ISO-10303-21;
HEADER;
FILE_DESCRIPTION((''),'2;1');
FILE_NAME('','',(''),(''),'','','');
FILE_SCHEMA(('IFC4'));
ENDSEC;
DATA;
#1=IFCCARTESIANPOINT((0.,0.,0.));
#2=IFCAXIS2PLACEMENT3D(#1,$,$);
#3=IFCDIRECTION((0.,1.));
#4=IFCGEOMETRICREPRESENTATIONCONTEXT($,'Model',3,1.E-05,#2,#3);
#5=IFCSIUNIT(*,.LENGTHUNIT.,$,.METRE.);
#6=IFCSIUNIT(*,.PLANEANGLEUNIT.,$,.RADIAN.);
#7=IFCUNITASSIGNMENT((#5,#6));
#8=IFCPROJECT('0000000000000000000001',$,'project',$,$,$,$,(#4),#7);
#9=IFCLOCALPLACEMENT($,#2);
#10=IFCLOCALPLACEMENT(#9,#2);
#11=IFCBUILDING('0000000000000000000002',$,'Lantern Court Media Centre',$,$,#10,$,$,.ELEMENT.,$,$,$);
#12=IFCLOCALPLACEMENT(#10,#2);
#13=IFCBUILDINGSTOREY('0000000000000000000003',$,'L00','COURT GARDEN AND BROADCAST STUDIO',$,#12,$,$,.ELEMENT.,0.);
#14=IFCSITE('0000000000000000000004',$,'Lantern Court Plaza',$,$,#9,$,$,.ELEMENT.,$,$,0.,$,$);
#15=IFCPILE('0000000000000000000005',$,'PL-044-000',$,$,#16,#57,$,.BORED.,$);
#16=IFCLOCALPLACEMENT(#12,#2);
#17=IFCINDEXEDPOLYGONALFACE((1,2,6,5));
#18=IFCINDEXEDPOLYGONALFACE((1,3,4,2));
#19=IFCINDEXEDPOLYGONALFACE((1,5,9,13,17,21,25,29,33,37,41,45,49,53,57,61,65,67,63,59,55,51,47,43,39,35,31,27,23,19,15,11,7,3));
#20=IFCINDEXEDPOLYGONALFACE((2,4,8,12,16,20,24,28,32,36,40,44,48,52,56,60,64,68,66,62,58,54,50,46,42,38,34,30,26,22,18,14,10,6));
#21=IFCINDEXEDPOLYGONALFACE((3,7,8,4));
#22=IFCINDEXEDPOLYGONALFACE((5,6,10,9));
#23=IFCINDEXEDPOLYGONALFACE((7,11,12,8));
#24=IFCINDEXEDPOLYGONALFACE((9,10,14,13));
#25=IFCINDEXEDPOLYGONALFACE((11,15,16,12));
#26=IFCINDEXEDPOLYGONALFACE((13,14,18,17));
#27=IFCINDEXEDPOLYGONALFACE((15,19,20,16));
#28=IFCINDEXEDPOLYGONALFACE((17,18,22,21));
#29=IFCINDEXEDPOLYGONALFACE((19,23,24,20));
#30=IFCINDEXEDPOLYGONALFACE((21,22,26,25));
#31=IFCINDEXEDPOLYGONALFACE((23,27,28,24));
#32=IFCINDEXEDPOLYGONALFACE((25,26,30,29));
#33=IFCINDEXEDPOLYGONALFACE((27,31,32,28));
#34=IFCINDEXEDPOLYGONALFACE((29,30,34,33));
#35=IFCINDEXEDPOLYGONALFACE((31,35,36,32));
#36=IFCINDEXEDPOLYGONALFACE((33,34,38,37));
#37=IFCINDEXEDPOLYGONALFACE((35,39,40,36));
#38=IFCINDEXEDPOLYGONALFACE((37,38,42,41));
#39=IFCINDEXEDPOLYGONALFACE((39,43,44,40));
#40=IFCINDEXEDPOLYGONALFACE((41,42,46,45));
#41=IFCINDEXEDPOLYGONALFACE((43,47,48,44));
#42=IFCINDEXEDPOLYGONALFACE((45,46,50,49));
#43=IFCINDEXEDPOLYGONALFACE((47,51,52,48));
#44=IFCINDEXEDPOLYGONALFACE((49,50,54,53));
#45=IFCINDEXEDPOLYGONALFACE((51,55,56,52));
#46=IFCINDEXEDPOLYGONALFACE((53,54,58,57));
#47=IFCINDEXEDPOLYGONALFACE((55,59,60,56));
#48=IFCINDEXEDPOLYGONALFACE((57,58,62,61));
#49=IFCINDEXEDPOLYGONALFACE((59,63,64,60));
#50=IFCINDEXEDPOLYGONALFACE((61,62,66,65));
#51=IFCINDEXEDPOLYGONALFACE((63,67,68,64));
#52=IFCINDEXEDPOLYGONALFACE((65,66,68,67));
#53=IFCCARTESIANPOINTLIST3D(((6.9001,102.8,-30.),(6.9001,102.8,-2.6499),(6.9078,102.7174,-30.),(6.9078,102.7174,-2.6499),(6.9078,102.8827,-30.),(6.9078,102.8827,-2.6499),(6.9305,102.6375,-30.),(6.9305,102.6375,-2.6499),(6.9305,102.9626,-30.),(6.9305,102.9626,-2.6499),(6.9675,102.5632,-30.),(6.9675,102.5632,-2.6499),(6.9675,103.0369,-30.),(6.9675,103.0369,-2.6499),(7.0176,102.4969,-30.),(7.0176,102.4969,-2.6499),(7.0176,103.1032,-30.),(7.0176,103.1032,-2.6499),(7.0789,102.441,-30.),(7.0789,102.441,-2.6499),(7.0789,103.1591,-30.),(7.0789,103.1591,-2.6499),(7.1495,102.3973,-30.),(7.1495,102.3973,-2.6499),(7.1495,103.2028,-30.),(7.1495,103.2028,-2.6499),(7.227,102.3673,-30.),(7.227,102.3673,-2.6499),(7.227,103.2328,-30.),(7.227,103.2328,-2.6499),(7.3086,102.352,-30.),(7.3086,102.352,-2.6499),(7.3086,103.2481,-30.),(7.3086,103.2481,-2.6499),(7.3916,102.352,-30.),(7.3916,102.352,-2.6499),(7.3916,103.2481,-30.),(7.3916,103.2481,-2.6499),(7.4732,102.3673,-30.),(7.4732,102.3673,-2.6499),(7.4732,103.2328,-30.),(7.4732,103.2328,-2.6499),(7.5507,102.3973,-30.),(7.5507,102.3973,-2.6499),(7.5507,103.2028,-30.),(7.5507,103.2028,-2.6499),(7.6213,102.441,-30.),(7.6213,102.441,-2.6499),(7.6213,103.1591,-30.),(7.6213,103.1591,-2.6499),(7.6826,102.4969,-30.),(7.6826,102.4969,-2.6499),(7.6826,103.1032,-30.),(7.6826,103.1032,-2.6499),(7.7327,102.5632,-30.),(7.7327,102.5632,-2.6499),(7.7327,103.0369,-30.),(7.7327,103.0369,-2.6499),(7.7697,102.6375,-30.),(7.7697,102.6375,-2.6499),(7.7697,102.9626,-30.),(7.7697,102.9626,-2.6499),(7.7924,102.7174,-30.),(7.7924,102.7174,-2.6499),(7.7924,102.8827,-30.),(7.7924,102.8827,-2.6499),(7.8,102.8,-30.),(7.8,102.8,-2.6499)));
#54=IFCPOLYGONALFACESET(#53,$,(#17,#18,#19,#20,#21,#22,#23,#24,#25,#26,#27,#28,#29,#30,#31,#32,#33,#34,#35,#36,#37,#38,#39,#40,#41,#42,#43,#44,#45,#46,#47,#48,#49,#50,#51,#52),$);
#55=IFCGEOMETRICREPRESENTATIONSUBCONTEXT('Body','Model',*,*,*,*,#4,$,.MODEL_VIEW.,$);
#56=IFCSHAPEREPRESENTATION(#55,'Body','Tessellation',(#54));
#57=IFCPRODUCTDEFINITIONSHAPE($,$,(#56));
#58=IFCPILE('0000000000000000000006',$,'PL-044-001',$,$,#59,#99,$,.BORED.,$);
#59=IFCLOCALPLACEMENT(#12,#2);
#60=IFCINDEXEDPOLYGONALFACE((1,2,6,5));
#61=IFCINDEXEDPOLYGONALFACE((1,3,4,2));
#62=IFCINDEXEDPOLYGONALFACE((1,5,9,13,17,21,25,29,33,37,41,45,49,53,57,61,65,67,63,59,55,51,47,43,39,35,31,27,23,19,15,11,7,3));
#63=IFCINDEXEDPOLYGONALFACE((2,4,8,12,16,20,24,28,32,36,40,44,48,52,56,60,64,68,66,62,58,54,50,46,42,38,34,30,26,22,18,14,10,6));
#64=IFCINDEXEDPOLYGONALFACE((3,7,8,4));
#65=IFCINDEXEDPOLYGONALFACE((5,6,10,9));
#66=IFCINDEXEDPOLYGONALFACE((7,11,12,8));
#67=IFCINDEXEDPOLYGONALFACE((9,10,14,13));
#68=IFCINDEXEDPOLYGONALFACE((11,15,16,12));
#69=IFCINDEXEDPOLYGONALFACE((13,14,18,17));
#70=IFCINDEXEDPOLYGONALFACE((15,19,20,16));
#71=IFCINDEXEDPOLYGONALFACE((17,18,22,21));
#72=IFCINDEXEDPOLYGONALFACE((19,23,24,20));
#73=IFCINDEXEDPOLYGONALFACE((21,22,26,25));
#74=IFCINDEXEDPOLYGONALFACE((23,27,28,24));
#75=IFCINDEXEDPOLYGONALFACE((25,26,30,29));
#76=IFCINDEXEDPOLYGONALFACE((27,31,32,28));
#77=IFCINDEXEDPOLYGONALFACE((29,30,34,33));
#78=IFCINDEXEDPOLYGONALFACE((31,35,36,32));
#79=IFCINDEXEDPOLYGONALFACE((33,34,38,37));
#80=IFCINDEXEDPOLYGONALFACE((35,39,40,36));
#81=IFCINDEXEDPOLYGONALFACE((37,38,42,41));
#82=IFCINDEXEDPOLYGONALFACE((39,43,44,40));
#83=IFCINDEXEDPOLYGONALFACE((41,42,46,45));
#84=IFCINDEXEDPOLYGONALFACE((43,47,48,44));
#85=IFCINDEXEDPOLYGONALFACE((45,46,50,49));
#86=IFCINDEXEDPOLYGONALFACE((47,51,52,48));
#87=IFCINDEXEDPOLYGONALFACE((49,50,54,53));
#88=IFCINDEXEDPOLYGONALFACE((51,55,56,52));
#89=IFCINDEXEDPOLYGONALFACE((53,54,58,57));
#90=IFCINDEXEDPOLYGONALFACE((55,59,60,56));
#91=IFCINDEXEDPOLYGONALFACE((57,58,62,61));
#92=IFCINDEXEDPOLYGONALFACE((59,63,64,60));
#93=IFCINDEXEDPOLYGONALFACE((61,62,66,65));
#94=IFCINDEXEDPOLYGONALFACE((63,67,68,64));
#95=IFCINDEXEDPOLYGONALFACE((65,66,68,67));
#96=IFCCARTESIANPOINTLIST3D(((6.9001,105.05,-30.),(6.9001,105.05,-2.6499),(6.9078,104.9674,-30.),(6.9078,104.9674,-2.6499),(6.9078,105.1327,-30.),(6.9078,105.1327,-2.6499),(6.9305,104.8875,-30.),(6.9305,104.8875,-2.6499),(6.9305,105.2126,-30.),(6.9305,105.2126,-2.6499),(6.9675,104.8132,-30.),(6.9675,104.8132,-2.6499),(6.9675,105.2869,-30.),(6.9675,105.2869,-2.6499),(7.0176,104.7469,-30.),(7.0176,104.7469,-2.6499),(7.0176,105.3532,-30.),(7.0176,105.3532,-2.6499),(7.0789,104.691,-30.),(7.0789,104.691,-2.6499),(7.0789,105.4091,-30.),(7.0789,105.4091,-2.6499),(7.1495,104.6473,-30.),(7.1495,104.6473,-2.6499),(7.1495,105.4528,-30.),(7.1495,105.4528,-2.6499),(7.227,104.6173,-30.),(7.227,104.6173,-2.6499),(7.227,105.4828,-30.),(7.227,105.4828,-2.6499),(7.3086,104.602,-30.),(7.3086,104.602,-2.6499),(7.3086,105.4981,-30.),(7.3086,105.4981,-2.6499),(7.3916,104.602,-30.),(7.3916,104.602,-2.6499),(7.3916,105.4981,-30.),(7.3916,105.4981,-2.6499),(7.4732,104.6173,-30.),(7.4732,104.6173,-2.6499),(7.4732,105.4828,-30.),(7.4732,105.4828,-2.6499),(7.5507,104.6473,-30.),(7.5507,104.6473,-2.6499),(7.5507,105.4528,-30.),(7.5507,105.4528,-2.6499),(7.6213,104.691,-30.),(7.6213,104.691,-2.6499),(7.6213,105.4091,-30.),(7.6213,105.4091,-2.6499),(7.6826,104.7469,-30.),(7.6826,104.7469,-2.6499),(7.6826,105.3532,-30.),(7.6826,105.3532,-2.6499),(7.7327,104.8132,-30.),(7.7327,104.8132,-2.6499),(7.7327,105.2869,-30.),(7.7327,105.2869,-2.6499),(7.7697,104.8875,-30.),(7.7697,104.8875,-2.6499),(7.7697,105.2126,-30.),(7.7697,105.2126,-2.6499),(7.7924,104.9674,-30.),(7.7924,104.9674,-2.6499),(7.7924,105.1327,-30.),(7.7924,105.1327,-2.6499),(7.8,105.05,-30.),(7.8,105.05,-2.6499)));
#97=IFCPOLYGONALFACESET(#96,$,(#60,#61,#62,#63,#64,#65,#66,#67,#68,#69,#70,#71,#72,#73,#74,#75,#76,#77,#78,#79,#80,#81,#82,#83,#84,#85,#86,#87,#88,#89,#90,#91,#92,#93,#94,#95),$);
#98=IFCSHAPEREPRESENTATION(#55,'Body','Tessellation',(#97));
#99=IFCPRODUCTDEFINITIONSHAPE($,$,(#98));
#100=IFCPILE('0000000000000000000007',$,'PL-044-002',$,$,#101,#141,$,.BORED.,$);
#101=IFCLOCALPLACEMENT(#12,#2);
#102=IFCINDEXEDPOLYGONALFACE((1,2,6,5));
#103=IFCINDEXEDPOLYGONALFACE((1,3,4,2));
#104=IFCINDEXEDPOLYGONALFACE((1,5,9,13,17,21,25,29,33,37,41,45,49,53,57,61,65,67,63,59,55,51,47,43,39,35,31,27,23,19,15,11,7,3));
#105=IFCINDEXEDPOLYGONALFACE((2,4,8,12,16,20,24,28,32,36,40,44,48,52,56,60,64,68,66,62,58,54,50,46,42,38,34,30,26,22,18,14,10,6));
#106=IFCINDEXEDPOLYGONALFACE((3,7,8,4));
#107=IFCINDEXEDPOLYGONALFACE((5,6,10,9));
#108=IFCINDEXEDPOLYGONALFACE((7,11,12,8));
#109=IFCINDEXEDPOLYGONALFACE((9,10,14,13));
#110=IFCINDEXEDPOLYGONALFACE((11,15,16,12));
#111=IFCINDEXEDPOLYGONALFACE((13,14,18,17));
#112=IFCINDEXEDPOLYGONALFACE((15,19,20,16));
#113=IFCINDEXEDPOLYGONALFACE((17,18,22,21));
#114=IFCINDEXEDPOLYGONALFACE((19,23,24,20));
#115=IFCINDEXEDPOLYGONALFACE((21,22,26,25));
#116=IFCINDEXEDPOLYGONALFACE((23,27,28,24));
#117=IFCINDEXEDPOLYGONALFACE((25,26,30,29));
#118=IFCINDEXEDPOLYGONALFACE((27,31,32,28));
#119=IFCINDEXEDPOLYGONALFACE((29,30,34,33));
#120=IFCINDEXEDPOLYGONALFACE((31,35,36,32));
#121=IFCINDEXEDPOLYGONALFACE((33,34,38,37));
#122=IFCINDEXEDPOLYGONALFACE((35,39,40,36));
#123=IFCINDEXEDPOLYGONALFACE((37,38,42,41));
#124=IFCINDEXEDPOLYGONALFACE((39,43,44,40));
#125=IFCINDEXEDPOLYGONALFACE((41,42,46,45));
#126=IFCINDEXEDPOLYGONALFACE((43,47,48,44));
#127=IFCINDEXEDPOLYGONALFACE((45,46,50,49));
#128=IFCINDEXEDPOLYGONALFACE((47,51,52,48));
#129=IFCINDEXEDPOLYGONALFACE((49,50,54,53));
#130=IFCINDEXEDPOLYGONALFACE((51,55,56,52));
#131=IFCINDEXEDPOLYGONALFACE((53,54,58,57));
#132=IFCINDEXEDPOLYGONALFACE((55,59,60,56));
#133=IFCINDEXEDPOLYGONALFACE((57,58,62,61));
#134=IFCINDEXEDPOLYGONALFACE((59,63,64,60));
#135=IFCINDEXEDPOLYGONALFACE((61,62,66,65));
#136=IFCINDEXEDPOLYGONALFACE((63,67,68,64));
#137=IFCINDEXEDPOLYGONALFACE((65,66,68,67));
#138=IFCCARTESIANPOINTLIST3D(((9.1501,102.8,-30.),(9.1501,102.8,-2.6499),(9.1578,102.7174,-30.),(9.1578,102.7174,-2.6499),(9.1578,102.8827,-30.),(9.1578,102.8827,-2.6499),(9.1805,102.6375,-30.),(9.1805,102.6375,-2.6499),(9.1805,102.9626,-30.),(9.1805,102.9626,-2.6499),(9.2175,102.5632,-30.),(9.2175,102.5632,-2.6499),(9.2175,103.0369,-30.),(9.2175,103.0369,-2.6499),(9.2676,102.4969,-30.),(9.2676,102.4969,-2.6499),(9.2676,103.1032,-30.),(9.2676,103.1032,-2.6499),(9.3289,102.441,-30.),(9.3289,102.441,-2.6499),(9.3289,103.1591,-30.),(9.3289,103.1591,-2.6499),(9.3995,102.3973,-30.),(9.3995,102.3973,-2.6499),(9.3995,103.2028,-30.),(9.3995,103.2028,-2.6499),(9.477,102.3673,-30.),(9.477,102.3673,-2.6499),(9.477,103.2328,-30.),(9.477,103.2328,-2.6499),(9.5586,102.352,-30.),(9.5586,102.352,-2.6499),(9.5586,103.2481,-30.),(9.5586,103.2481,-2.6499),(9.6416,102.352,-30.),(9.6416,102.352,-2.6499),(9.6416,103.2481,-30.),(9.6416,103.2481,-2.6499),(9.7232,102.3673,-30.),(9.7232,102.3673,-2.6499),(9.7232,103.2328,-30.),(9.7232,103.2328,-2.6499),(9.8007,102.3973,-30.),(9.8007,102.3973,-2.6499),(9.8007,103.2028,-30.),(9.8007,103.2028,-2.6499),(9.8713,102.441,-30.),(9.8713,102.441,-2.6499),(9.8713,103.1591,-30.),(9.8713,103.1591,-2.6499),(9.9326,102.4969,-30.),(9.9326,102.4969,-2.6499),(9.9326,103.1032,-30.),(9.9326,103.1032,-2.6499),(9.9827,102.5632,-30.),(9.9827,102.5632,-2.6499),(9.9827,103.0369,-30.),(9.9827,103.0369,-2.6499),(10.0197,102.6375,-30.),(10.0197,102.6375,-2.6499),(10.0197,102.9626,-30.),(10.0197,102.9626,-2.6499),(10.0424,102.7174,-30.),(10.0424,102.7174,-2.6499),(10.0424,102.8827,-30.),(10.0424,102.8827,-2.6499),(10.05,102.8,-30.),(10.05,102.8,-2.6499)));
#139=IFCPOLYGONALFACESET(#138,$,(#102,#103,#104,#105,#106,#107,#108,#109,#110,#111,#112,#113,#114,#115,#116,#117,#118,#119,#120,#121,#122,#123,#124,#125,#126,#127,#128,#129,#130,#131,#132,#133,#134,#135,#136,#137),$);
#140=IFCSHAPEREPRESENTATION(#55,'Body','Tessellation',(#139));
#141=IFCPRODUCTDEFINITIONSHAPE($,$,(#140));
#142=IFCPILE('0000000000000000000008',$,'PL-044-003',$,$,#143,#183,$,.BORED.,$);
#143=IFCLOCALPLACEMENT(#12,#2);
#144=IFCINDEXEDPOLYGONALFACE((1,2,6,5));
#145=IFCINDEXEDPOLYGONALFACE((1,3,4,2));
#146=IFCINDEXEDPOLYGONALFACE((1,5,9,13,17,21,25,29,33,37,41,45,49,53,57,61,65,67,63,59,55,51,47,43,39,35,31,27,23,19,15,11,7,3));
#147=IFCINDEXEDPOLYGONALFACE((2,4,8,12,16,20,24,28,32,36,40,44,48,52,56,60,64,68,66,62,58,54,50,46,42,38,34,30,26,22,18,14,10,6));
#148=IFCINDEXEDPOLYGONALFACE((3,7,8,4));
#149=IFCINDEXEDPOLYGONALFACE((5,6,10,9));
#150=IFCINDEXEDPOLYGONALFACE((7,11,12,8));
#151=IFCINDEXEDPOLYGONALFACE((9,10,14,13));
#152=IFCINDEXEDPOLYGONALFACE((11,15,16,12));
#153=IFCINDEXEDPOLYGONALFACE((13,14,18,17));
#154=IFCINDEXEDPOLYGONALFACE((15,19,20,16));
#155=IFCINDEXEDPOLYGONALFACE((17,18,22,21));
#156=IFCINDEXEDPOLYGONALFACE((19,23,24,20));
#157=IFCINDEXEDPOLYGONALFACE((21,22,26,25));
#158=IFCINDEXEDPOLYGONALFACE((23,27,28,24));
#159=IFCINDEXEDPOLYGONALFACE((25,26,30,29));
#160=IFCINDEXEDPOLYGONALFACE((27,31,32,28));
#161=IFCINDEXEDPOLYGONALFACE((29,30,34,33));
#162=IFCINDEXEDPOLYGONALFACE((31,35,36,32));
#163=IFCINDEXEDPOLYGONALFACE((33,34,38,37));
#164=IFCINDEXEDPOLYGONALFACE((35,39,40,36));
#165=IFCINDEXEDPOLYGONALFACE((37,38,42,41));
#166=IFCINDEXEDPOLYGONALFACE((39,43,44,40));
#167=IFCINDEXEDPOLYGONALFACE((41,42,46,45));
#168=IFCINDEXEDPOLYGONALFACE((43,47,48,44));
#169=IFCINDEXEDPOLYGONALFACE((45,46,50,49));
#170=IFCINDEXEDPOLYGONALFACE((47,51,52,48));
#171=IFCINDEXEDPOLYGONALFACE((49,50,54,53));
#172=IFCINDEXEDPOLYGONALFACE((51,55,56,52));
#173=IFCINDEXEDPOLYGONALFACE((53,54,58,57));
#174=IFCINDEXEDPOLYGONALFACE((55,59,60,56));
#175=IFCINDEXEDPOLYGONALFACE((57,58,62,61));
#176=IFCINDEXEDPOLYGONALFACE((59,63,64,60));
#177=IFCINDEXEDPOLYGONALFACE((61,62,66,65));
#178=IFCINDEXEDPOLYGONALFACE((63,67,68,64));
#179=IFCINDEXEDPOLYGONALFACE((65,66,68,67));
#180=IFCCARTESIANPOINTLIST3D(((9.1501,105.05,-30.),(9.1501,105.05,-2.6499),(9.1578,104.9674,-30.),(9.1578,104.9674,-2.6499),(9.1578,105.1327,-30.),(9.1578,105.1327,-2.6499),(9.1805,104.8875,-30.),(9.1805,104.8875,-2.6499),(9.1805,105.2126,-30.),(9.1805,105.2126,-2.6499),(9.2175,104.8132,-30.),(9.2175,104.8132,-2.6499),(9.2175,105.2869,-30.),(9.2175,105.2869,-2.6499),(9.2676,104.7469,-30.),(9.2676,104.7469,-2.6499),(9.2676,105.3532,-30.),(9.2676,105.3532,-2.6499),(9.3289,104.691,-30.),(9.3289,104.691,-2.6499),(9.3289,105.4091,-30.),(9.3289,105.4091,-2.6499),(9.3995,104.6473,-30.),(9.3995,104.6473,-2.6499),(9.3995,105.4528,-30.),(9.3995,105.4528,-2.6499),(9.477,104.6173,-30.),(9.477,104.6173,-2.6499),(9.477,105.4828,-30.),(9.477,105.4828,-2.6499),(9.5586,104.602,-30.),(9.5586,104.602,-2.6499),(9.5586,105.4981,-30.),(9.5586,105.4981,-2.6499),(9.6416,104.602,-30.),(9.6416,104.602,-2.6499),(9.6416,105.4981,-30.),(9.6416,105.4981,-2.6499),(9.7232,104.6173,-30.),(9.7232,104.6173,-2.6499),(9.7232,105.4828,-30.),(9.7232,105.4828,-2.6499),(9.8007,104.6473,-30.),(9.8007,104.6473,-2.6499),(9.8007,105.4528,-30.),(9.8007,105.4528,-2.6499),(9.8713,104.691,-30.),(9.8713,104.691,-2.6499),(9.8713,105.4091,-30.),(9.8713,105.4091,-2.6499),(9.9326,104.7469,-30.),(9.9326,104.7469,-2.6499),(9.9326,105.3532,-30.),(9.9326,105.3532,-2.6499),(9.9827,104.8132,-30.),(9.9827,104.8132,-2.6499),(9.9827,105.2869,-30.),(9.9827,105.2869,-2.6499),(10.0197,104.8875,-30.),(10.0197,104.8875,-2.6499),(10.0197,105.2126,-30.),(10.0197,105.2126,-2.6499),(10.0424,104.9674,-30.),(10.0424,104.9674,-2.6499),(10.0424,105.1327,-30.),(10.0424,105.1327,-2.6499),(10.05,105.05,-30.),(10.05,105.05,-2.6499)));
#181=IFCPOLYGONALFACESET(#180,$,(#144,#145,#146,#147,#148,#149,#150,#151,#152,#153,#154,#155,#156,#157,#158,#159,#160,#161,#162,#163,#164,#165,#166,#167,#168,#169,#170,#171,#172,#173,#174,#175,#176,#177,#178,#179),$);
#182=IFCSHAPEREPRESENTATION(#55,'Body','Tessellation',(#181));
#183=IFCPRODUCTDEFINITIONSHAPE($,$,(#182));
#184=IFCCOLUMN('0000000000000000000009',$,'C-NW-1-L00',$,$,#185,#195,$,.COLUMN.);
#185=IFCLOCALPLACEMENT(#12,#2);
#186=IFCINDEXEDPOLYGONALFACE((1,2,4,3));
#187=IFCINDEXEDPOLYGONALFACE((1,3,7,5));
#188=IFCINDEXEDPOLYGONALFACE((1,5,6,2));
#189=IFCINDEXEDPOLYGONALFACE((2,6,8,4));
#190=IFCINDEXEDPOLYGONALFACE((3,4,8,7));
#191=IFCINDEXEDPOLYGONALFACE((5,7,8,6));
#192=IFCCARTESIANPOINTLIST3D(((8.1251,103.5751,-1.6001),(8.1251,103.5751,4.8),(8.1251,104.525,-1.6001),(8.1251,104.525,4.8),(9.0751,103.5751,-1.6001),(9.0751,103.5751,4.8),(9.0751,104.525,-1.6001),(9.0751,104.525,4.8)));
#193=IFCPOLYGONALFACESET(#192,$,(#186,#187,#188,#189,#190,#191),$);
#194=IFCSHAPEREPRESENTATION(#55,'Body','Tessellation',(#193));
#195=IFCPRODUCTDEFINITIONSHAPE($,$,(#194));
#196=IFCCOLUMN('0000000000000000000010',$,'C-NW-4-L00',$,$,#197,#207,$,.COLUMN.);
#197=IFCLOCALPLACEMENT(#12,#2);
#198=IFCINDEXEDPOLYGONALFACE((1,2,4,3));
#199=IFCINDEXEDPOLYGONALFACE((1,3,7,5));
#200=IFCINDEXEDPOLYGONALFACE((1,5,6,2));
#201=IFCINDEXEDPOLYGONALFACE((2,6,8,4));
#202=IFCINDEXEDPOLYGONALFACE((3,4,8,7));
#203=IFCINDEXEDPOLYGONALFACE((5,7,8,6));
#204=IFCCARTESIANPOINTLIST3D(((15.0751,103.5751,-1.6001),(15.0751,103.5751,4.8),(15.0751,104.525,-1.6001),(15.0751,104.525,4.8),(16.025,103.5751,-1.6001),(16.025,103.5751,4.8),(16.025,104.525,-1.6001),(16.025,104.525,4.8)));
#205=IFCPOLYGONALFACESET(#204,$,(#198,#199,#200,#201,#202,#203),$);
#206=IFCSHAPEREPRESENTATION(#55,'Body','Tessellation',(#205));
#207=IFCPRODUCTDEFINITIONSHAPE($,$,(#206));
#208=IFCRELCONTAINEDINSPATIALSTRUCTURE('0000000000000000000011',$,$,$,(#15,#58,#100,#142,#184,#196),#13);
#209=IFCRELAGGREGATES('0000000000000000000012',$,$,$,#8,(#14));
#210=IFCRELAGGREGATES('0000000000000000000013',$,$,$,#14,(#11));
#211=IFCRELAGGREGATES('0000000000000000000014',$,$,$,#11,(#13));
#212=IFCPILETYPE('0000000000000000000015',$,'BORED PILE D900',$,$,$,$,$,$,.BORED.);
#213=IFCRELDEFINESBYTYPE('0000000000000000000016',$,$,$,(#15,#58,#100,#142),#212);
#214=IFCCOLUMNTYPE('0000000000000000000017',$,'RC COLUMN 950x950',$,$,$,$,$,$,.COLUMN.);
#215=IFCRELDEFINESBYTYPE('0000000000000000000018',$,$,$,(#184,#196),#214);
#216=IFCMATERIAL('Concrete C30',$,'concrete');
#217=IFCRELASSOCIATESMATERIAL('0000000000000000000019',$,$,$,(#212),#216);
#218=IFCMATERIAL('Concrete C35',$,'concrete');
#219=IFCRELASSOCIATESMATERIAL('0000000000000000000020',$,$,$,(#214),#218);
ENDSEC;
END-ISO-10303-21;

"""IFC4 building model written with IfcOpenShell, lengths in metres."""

from ifc_helpers import new_model, si_unit, direction, frame, origin, origin_2d, place, context, subcontext, project, spatial, rectangle, circle, extrude, material, material_profile, profile_set, type_object, element, save


model = new_model("IFC4")

# Units and contexts
model_context = context("Model", 3, precision=1e-05, world=origin(), true_north=direction((0.0, 1.0)))
body_context = subcontext(model_context, "Body", "Model", "MODEL_VIEW")
ifc_project = project(units=[si_unit("LENGTHUNIT", "METRE"), si_unit("PLANEANGLEUNIT", "RADIAN")], contexts=[model_context])

# Site, building, storey
site_placement = place(None, origin())
site = spatial("IfcSite", under=ifc_project, at=site_placement, Name="Lantern Court Plaza", CompositionType="ELEMENT", RefElevation=0.0)
building_placement = place(site_placement, origin())
building = spatial("IfcBuilding", under=site, at=building_placement, Name="Lantern Court Media Centre", CompositionType="ELEMENT")
storey_placement = place(building_placement, origin())
storey = spatial("IfcBuildingStorey", under=building, at=storey_placement, Name="L00", Description="COURT GARDEN AND BROADCAST STUDIO", CompositionType="ELEMENT", Elevation=0.0)

# Piles
ifc_material_1 = material(Name="Concrete C30", Category="concrete")
ifc_material_profile_1 = material_profile(ifc_material_1, circle(Radius=0.45, at=origin_2d()), Name="D900")
ifc_profile_set_1 = profile_set([ifc_material_profile_1], Name="Concrete C30")
pile_type = type_object("IfcPileType", Name="BORED PILE D900", PredefinedType="BORED", material=ifc_profile_set_1)
for number, where, z_axis, x_axis, name in (
    (1, (7.3501, 102.8, -2.6499), (0.0, 0.0, -1.0), (1.0, 0.0, 0.0), "PL-044-000"),
    (2, (7.3501, 105.05, -2.6499), (0.0, 0.0, -1.0), (1.0, 0.0, 0.0), "PL-044-001"),
    (3, (9.6001, 102.8, -2.6499), (0.0, 0.0, -1.0), (1.0, 0.0, 0.0), "PL-044-002"),
    (4, (9.6001, 105.05, -2.6499), (0.0, 0.0, -1.0), (1.0, 0.0, 0.0), "PL-044-003"),
):
    element("IfcPile", number, at=place(storey_placement, frame(where, z_axis=z_axis, x_axis=x_axis)), inside=storey, type_object=pile_type, Name=name, PredefinedType="BORED", context=body_context, shape_type="SweptSolid", body=[
        extrude(circle(Radius=0.45, at=origin_2d()), origin(), (0.0, 0.0, 1.0), 27.3501),
    ])

# Columns
ifc_material_2 = material(Name="Concrete C35", Category="concrete")
ifc_material_profile_2 = material_profile(ifc_material_2, rectangle(XDim=0.95, YDim=0.95, at=origin_2d()), Name="RC 950x950")
ifc_profile_set_2 = profile_set([ifc_material_profile_2], Name="Concrete C35")
column_type = type_object("IfcColumnType", Name="RC COLUMN 950x950", PredefinedType="COLUMN", material=ifc_profile_set_2)
for number, where, z_axis, x_axis, name in (
    (5, (8.6001, 104.05, -1.6001), (0.0, 0.0, 1.0), (1.0, 0.0, 0.0), "C-NW-1-L00"),
    (6, (15.55, 104.05, -1.6001), (0.0, 0.0, 1.0), (1.0, 0.0, 0.0), "C-NW-4-L00"),
):
    element("IfcColumn", number, at=place(storey_placement, frame(where, z_axis=z_axis, x_axis=x_axis)), inside=storey, type_object=column_type, Name=name, PredefinedType="COLUMN", context=body_context, shape_type="SweptSolid", body=[
        extrude(rectangle(XDim=0.95, YDim=0.95, at=origin_2d()), origin(), (0.0, 0.0, 1.0), 6.4001),
    ])

save(model, "model.ifc")
